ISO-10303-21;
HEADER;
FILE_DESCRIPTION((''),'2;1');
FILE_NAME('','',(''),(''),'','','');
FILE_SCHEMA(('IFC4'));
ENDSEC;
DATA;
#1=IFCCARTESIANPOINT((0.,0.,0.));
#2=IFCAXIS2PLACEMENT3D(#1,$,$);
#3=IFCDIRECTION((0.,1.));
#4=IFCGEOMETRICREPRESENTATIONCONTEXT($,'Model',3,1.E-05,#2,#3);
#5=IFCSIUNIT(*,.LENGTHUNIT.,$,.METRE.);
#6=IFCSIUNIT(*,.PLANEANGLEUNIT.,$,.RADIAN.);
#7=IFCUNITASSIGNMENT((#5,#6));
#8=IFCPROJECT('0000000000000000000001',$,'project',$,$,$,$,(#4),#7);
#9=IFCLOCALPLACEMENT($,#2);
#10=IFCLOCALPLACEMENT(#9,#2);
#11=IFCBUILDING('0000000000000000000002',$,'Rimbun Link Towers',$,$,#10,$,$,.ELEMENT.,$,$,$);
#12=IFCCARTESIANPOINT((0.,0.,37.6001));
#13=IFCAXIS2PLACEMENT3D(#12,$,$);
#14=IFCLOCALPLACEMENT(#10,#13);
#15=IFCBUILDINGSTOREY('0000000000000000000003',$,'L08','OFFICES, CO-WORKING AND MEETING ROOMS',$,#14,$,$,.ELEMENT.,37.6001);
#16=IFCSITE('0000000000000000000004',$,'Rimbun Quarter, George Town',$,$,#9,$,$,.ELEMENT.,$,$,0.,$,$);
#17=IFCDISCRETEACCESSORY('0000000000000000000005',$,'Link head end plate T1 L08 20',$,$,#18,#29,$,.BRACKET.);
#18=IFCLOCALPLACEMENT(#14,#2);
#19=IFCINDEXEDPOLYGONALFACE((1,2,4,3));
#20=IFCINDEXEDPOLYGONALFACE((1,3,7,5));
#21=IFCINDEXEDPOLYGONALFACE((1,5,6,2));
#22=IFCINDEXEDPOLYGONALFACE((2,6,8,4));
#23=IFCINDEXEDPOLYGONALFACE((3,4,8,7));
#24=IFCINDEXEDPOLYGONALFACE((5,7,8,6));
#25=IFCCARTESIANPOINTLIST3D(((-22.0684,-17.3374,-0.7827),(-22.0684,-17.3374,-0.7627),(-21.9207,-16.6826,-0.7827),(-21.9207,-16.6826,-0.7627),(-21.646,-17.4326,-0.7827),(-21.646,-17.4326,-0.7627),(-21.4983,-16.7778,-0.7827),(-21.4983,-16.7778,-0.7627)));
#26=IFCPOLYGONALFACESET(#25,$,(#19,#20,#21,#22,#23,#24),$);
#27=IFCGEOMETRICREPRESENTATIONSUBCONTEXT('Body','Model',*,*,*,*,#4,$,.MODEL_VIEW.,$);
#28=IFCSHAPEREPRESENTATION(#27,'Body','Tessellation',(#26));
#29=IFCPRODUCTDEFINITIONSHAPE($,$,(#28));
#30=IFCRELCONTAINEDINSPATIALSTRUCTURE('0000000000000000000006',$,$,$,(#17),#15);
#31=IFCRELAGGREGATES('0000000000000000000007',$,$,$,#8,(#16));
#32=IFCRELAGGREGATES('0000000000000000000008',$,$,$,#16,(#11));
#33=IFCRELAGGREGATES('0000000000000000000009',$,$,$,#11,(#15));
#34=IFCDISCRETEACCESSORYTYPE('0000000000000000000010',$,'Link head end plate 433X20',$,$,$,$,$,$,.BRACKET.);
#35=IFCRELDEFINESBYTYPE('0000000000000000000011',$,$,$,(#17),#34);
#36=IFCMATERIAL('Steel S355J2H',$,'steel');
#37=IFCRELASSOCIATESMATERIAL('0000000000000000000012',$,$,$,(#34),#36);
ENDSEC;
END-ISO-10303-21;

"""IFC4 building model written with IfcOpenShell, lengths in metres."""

from ifc_helpers import new_model, si_unit, direction, frame, origin, origin_2d, place, context, subcontext, project, spatial, polyline, rectangle, outline, extrude, material, material_profile, profile_set, type_object, element, save


model = new_model("IFC4")

# Units and contexts
model_context = context("Model", 3, precision=1e-05, world=origin(), true_north=direction((0.0, 1.0)))
body_context = subcontext(model_context, "Body", "Model", "MODEL_VIEW")
ifc_project = project(units=[si_unit("LENGTHUNIT", "METRE"), si_unit("PLANEANGLEUNIT", "RADIAN")], contexts=[model_context])

# Site, building, storey
site_placement = place(None, origin())
site = spatial("IfcSite", under=ifc_project, at=site_placement, Name="Rimbun Quarter, George Town", CompositionType="ELEMENT", RefElevation=0.0)
building_placement = place(site_placement, origin())
building = spatial("IfcBuilding", under=site, at=building_placement, Name="Rimbun Link Towers", CompositionType="ELEMENT")
storey_placement = place(building_placement, frame((0.0, 0.0, 37.6001)))
storey = spatial("IfcBuildingStorey", under=building, at=storey_placement, Name="L08", Description="OFFICES, CO-WORKING AND MEETING ROOMS", CompositionType="ELEMENT", Elevation=37.6001)

# Discrete accessory
ifc_material_1 = material(Name="Steel S355J2H", Category="steel")
ifc_material_profile_1 = material_profile(ifc_material_1, rectangle(XDim=0.4331, YDim=0.4331, at=origin_2d()), Name="PL 433x433")
ifc_profile_set_1 = profile_set([ifc_material_profile_1], Name="Steel S355J2H")
discrete_accessory_type_1 = type_object("IfcDiscreteAccessoryType", Name="Link head end plate 433X20", PredefinedType="BRACKET", material=ifc_profile_set_1)
discrete_accessory_1_placement = place(storey_placement, frame((0.0, 0.0, -0.7827)))
element("IfcDiscreteAccessory", 1, at=discrete_accessory_1_placement, inside=storey, type_object=discrete_accessory_type_1, Name="Link head end plate T1 L08 20", PredefinedType="BRACKET", context=body_context, shape_type="SweptSolid", body=[
    extrude(outline(polyline([(-21.9207, -16.6826), (-22.0684, -17.3374), (-21.646, -17.4326), (-21.4983, -16.7778), (-21.9207, -16.6826)])), origin(), (0.0, 0.0, 1.0), 0.02),
])

save(model, "model.ifc")
